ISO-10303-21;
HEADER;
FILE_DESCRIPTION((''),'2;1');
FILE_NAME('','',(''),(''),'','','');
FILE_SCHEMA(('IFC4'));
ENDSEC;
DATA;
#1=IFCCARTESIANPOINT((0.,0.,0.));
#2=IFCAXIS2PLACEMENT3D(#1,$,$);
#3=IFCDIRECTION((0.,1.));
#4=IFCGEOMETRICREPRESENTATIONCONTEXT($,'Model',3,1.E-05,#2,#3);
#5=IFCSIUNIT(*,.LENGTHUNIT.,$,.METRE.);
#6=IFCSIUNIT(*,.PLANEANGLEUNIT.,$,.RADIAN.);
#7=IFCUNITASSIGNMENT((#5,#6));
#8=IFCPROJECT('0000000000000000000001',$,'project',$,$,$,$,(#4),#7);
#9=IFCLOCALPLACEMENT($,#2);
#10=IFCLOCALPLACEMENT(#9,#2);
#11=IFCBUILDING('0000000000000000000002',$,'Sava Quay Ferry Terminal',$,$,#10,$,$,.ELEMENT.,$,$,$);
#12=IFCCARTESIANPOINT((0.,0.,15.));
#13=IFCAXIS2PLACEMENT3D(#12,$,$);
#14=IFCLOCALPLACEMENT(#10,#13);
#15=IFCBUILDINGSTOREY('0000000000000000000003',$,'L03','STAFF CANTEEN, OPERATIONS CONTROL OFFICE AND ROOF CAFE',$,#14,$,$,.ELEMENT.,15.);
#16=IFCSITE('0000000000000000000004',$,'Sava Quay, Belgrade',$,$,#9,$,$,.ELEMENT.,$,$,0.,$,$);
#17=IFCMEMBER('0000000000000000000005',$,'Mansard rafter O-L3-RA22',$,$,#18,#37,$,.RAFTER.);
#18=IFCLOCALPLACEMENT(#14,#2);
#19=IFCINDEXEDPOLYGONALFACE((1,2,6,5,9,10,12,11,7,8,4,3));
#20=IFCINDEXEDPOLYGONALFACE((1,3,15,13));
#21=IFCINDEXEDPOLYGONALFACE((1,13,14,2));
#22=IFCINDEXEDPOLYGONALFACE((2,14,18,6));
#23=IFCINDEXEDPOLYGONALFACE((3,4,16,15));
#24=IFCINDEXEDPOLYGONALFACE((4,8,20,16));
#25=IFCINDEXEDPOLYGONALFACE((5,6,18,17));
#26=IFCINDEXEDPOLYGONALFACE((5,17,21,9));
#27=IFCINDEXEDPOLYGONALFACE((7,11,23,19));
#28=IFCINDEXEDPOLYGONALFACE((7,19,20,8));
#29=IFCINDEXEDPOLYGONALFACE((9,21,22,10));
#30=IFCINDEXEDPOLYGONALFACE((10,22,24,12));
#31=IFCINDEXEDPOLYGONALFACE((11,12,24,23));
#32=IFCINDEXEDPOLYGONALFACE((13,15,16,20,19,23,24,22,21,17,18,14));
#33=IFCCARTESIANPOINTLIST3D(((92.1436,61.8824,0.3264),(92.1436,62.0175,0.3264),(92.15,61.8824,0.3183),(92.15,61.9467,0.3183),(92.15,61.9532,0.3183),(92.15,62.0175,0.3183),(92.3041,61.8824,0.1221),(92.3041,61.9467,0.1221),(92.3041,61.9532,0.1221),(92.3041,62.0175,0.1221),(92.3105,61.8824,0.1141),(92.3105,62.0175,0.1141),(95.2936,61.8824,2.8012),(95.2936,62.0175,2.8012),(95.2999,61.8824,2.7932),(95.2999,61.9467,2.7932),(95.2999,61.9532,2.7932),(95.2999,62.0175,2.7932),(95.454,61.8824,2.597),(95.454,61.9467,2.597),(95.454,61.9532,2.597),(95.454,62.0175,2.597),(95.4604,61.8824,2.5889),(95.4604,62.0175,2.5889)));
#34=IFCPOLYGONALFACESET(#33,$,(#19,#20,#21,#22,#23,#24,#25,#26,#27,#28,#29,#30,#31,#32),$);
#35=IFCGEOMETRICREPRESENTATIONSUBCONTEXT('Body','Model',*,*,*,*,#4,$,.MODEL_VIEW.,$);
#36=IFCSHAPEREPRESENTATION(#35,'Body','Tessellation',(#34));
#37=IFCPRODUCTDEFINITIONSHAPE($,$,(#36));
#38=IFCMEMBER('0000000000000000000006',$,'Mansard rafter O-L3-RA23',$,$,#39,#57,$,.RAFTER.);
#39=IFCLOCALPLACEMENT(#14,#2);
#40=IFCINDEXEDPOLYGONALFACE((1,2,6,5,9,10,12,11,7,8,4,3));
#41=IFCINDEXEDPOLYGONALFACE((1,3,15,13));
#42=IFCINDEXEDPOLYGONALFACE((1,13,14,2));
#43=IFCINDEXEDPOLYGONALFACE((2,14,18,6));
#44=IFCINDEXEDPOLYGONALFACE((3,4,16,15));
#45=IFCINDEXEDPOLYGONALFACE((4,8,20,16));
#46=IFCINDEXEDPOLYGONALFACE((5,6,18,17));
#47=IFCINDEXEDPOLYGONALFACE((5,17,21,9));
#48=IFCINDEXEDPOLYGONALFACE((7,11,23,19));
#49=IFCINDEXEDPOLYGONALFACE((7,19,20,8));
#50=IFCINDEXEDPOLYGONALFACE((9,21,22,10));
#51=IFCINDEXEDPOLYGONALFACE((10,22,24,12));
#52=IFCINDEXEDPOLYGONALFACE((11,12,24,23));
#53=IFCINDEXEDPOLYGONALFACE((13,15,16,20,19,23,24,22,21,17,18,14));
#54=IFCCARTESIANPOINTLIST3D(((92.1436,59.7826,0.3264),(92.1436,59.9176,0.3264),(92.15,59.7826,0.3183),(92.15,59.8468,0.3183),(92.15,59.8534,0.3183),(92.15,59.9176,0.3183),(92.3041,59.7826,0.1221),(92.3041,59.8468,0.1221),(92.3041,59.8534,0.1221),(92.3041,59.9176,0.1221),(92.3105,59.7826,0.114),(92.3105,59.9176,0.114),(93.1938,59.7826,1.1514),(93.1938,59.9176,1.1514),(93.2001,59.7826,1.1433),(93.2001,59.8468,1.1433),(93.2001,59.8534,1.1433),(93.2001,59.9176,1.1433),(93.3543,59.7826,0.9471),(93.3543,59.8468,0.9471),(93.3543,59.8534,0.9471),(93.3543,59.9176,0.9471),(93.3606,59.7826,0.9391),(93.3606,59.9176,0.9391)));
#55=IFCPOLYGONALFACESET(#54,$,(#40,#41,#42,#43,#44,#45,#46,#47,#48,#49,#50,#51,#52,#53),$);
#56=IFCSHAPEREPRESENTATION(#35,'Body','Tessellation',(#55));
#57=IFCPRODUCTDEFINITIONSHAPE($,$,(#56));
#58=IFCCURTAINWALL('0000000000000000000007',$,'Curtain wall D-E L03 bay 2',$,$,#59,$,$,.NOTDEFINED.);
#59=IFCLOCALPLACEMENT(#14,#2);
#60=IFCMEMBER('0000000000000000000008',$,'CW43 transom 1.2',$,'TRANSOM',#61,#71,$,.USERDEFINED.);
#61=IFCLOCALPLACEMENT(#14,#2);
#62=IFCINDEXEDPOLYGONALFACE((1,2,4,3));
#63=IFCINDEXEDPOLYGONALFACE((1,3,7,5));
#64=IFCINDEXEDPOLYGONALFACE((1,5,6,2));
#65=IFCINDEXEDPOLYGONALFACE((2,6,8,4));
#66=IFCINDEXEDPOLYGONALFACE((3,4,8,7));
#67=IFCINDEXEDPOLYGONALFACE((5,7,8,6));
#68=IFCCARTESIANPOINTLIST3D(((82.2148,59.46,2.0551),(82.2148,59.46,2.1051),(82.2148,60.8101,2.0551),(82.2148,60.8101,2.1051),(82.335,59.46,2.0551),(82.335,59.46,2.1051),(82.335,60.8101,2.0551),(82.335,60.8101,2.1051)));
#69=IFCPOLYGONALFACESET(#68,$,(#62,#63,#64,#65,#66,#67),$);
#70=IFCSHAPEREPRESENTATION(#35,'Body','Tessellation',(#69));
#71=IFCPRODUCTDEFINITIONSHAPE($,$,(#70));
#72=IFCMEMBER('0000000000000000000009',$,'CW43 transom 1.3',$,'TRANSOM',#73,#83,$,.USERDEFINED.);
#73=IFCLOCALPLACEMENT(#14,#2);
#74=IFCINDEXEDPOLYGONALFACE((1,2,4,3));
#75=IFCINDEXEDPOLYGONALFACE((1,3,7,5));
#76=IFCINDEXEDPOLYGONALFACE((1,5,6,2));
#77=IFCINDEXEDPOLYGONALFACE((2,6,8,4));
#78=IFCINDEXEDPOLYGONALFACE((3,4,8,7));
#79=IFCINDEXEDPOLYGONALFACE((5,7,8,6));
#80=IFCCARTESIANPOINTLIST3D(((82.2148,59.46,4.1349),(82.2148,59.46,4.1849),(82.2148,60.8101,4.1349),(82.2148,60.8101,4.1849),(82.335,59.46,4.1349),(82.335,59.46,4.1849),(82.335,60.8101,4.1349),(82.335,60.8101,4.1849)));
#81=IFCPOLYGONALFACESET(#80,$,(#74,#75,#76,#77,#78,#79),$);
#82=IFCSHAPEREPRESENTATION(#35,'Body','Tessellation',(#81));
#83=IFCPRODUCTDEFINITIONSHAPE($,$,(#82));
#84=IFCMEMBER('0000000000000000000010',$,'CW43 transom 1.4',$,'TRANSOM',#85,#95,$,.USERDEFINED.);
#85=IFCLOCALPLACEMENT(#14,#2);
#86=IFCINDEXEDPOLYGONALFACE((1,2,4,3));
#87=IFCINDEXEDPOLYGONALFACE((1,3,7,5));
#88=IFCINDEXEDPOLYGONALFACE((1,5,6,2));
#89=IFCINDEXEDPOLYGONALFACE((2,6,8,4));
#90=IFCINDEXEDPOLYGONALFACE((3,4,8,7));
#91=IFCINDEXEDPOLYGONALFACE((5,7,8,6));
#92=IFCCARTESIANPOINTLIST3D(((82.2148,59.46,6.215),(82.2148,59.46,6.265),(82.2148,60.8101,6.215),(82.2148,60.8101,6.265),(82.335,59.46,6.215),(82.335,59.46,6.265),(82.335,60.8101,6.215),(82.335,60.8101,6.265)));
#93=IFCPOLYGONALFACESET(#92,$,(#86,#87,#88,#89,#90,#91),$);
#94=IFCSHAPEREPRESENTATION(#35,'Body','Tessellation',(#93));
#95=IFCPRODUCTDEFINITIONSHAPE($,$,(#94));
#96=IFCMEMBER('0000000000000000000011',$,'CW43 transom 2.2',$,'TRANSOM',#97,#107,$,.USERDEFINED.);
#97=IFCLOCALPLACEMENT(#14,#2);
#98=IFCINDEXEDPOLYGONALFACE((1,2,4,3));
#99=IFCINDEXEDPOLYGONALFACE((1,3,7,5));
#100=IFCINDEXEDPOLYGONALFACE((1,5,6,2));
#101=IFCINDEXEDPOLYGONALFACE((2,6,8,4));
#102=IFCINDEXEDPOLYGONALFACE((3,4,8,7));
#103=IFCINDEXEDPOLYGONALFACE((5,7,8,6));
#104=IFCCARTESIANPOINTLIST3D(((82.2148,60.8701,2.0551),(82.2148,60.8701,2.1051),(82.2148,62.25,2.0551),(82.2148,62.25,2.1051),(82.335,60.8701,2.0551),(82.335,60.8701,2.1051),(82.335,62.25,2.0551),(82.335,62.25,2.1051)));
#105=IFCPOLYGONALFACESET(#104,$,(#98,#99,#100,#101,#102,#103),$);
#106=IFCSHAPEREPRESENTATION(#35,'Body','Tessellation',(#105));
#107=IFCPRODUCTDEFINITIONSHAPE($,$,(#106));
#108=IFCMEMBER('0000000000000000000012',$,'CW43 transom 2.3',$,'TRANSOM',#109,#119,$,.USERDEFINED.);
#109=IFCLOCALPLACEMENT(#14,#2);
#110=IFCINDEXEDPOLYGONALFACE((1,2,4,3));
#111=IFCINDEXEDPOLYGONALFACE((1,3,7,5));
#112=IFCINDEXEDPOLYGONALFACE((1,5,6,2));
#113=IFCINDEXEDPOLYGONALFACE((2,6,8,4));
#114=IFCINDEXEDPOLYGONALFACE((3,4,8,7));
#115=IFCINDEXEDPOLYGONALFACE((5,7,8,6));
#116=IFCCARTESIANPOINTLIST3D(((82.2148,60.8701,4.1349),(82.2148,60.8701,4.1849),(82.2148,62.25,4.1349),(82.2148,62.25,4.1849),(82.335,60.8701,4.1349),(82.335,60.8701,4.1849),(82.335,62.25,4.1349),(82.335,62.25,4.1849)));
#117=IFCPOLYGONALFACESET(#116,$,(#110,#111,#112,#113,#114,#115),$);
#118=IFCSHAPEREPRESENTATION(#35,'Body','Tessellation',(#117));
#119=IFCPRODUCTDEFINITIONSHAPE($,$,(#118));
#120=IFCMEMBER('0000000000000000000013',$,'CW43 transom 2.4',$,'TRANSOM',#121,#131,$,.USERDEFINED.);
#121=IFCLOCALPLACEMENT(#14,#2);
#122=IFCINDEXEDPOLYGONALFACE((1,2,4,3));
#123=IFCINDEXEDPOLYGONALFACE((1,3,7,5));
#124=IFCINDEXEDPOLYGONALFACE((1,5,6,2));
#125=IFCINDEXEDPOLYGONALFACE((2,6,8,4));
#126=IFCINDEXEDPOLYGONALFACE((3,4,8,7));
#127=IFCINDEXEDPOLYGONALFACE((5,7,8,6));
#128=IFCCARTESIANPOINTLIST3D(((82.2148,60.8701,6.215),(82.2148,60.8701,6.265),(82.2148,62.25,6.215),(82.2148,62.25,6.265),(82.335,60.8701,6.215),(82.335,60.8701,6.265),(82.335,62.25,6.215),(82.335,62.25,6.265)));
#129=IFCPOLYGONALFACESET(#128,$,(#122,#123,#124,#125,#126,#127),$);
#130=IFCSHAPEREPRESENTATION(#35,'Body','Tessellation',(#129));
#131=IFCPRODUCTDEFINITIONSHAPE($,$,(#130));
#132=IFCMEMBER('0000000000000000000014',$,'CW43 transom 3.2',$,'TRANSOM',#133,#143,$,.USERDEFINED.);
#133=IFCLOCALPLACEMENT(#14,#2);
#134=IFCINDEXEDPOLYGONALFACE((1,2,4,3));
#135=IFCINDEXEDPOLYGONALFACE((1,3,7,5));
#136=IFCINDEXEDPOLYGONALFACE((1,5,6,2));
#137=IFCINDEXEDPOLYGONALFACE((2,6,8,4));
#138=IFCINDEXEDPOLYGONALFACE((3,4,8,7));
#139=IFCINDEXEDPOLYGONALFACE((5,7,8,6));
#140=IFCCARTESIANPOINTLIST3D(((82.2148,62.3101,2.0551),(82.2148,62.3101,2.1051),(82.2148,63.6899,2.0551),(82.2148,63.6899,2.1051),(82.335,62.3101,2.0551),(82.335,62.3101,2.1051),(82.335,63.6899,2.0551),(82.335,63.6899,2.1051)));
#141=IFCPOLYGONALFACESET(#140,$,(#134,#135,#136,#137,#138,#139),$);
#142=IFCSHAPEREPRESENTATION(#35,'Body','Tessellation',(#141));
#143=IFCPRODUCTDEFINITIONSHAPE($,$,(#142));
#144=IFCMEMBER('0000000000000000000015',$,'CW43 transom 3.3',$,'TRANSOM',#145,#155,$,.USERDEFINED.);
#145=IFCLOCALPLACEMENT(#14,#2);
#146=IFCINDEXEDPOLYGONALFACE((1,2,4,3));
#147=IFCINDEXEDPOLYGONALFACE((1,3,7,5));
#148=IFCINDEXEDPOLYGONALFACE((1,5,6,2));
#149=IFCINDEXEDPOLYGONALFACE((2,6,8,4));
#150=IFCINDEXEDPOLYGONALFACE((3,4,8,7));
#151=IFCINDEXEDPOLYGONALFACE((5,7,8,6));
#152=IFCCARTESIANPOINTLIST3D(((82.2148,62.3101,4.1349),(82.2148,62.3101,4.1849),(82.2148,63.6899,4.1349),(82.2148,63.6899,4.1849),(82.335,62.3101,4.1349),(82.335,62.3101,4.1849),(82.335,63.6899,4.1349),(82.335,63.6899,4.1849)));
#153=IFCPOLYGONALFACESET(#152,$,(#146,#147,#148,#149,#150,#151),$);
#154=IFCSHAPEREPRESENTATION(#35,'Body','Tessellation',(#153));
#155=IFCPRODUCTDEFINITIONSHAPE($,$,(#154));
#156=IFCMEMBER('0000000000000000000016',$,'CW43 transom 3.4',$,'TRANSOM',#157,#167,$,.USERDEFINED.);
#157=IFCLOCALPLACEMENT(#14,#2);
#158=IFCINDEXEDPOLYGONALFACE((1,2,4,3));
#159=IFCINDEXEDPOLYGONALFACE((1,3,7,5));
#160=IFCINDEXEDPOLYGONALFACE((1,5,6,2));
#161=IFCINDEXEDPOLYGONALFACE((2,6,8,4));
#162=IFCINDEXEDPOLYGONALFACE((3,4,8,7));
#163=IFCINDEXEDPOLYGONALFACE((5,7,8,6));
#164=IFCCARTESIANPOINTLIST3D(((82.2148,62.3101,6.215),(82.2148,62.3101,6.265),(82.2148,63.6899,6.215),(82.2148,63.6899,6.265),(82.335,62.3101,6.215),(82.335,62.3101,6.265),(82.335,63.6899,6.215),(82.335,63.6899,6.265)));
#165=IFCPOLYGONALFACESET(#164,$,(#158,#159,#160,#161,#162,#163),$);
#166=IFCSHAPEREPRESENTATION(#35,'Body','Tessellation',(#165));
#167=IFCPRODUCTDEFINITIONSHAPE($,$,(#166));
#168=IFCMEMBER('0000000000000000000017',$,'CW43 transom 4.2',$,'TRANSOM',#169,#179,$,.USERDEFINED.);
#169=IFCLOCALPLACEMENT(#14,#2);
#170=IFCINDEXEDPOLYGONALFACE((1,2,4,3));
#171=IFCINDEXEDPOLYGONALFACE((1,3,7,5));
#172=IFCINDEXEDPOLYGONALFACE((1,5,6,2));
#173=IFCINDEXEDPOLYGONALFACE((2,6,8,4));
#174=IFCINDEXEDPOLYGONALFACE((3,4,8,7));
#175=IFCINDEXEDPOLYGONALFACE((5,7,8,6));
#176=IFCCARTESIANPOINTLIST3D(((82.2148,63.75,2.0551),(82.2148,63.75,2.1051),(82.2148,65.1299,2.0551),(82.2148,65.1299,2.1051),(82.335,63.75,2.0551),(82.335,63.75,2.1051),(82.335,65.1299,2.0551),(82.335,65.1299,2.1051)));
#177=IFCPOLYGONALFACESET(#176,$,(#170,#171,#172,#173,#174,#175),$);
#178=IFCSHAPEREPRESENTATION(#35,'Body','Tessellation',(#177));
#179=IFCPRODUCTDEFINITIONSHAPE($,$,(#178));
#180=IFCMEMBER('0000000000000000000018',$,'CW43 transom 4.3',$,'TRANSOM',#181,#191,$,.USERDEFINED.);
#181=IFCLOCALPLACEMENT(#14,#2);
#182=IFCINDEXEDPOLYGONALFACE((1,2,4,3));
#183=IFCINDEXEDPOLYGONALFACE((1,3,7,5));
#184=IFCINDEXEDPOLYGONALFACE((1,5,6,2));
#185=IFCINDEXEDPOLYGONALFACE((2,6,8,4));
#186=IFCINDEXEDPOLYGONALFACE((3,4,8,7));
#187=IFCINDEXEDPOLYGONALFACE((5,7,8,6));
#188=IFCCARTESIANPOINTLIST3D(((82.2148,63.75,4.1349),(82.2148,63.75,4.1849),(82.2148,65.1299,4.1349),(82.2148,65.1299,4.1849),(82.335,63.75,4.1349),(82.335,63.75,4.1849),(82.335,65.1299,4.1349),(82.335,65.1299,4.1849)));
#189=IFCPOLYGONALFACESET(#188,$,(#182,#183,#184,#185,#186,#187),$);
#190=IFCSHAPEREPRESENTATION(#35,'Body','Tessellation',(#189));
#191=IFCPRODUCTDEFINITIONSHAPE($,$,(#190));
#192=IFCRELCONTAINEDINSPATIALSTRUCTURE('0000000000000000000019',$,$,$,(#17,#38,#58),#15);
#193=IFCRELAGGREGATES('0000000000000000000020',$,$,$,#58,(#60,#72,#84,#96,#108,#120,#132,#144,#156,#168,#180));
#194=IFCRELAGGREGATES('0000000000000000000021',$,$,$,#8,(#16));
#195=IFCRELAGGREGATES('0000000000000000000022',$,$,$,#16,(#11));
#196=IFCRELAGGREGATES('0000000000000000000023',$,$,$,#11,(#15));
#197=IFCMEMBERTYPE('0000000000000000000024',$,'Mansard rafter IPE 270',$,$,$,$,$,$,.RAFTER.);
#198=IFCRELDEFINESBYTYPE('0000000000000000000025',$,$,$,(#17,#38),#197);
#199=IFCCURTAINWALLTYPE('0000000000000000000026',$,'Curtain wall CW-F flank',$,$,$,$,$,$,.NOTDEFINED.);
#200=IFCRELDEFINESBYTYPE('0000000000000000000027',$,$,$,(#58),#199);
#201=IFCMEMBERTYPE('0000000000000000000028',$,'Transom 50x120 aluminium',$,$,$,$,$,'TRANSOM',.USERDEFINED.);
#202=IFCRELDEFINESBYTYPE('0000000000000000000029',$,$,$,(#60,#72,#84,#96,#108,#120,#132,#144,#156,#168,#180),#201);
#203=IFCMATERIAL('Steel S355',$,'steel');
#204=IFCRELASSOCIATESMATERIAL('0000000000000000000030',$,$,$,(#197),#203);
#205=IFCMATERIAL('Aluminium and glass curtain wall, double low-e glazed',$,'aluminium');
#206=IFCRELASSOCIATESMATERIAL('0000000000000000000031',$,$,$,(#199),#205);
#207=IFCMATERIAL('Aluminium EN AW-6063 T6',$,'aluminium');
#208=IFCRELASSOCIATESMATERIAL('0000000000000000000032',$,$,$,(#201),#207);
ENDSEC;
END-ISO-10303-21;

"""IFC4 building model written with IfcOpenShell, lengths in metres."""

from ifc_helpers import new_model, si_unit, direction, frame, origin, origin_2d, place, context, subcontext, project, spatial, rectangle, i_section, extrude, material, material_profile, profile_set, type_object, element, aggregate, save


model = new_model("IFC4")

# Units and contexts
model_context = context("Model", 3, precision=1e-05, world=origin(), true_north=direction((0.0, 1.0)))
body_context = subcontext(model_context, "Body", "Model", "MODEL_VIEW")
ifc_project = project(units=[si_unit("LENGTHUNIT", "METRE"), si_unit("PLANEANGLEUNIT", "RADIAN")], contexts=[model_context])

# Site, building, storey
site_placement = place(None, origin())
site = spatial("IfcSite", under=ifc_project, at=site_placement, Name="Sava Quay, Belgrade", CompositionType="ELEMENT", RefElevation=0.0)
building_placement = place(site_placement, origin())
building = spatial("IfcBuilding", under=site, at=building_placement, Name="Sava Quay Ferry Terminal", CompositionType="ELEMENT")
storey_placement = place(building_placement, frame((0.0, 0.0, 15.0)))
storey = spatial("IfcBuildingStorey", under=building, at=storey_placement, Name="L03", Description="STAFF CANTEEN, OPERATIONS CONTROL OFFICE AND ROOF CAFE", CompositionType="ELEMENT", Elevation=15.0)

# Members
ifc_material_1 = material(Name="Steel S355", Category="steel")
ifc_material_profile_1 = material_profile(ifc_material_1, i_section(OverallWidth=0.135, OverallDepth=0.27, WebThickness=0.0066, FlangeThickness=0.0103, at=origin_2d()), Name="IPE 270")
ifc_profile_set_1 = profile_set([ifc_material_profile_1], Name="Steel S355")
member_type_1 = type_object("IfcMemberType", Name="Mansard rafter IPE 270", PredefinedType="RAFTER", material=ifc_profile_set_1)
member_1_placement = place(storey_placement, frame((92.2271, 61.95, 0.2202), z_axis=(0.786327, 0.0, 0.617811), x_axis=(0.0, 1.0, 0.0)))
element("IfcMember", 1, at=member_1_placement, inside=storey, type_object=member_type_1, Name="Mansard rafter O-L3-RA22", PredefinedType="RAFTER", context=body_context, shape_type="SweptSolid", body=[
    extrude(i_section(OverallWidth=0.135, OverallDepth=0.27, WebThickness=0.0066, FlangeThickness=0.0103, at=origin_2d()), origin(), (0.0, 0.0, 1.0), 4.0059),
])
member_2_placement = place(storey_placement, frame((92.2271, 59.8501, 0.2202), z_axis=(0.78635, 0.0, 0.617781), x_axis=(0.0, 1.0, 0.0)))
element("IfcMember", 2, at=member_2_placement, inside=storey, type_object=member_type_1, Name="Mansard rafter O-L3-RA23", PredefinedType="RAFTER", context=body_context, shape_type="SweptSolid", body=[
    extrude(i_section(OverallWidth=0.135, OverallDepth=0.27, WebThickness=0.0066, FlangeThickness=0.0103, at=origin_2d()), origin(), (0.0, 0.0, 1.0), 1.3354),
])

# Curtain wall, members
ifc_material_2 = material(Name="Aluminium and glass curtain wall, double low-e glazed", Category="aluminium")
curtain_wall_type = type_object("IfcCurtainWallType", Name="Curtain wall CW-F flank", PredefinedType="NOTDEFINED", material=ifc_material_2)
curtain_wall_placement = place(storey_placement, origin())
curtain_wall = element("IfcCurtainWall", 3, at=curtain_wall_placement, inside=storey, type_object=curtain_wall_type, Name="Curtain wall D-E L03 bay 2", PredefinedType="NOTDEFINED")
ifc_material_3 = material(Name="Aluminium EN AW-6063 T6", Category="aluminium")
ifc_material_profile_2 = material_profile(ifc_material_3, rectangle(XDim=0.1201, YDim=0.05, at=origin_2d()), Name="Transom 50x120 aluminium")
ifc_profile_set_2 = profile_set([ifc_material_profile_2], Name="Aluminium EN AW-6063 T6")
member_type_2 = type_object("IfcMemberType", Name="Transom 50x120 aluminium", ElementType="TRANSOM", PredefinedType="USERDEFINED", material=ifc_profile_set_2)
member_3_placement = place(storey_placement, frame((82.2749, 59.46, 2.0801), z_axis=(0.0, 1.0, 0.0), x_axis=(-1.0, 0.0, 0.0)))
member_3 = element("IfcMember", 4, at=member_3_placement, type_object=member_type_2, Name="CW43 transom 1.2", ObjectType="TRANSOM", PredefinedType="USERDEFINED", context=body_context, shape_type="SweptSolid", body=[
    extrude(rectangle(XDim=0.1201, YDim=0.05, at=origin_2d()), origin(), (0.0, 0.0, 1.0), 1.3501),
])
member_4_placement = place(storey_placement, frame((82.2749, 59.46, 4.1599), z_axis=(0.0, 1.0, 0.0), x_axis=(-1.0, 0.0, 0.0)))
member_4 = element("IfcMember", 5, at=member_4_placement, type_object=member_type_2, Name="CW43 transom 1.3", ObjectType="TRANSOM", PredefinedType="USERDEFINED", context=body_context, shape_type="SweptSolid", body=[
    extrude(rectangle(XDim=0.1201, YDim=0.05, at=origin_2d()), origin(), (0.0, 0.0, 1.0), 1.3501),
])
member_5_placement = place(storey_placement, frame((82.2749, 59.46, 6.24), z_axis=(0.0, 1.0, 0.0), x_axis=(-1.0, 0.0, 0.0)))
member_5 = element("IfcMember", 6, at=member_5_placement, type_object=member_type_2, Name="CW43 transom 1.4", ObjectType="TRANSOM", PredefinedType="USERDEFINED", context=body_context, shape_type="SweptSolid", body=[
    extrude(rectangle(XDim=0.1201, YDim=0.05, at=origin_2d()), origin(), (0.0, 0.0, 1.0), 1.3501),
])
member_6_placement = place(storey_placement, frame((82.2749, 60.8701, 2.0801), z_axis=(0.0, 1.0, 0.0), x_axis=(-1.0, 0.0, 0.0)))
member_6 = element("IfcMember", 7, at=member_6_placement, type_object=member_type_2, Name="CW43 transom 2.2", ObjectType="TRANSOM", PredefinedType="USERDEFINED", context=body_context, shape_type="SweptSolid", body=[
    extrude(rectangle(XDim=0.1201, YDim=0.05, at=origin_2d()), origin(), (0.0, 0.0, 1.0), 1.3799),
])
member_7_placement = place(storey_placement, frame((82.2749, 60.8701, 4.1599), z_axis=(0.0, 1.0, 0.0), x_axis=(-1.0, 0.0, 0.0)))
member_7 = element("IfcMember", 8, at=member_7_placement, type_object=member_type_2, Name="CW43 transom 2.3", ObjectType="TRANSOM", PredefinedType="USERDEFINED", context=body_context, shape_type="SweptSolid", body=[
    extrude(rectangle(XDim=0.1201, YDim=0.05, at=origin_2d()), origin(), (0.0, 0.0, 1.0), 1.3799),
])
member_8_placement = place(storey_placement, frame((82.2749, 60.8701, 6.24), z_axis=(0.0, 1.0, 0.0), x_axis=(-1.0, 0.0, 0.0)))
member_8 = element("IfcMember", 9, at=member_8_placement, type_object=member_type_2, Name="CW43 transom 2.4", ObjectType="TRANSOM", PredefinedType="USERDEFINED", context=body_context, shape_type="SweptSolid", body=[
    extrude(rectangle(XDim=0.1201, YDim=0.05, at=origin_2d()), origin(), (0.0, 0.0, 1.0), 1.3799),
])
member_9_placement = place(storey_placement, frame((82.2749, 62.3101, 2.0801), z_axis=(0.0, 1.0, 0.0), x_axis=(-1.0, 0.0, 0.0)))
member_9 = element("IfcMember", 10, at=member_9_placement, type_object=member_type_2, Name="CW43 transom 3.2", ObjectType="TRANSOM", PredefinedType="USERDEFINED", context=body_context, shape_type="SweptSolid", body=[
    extrude(rectangle(XDim=0.1201, YDim=0.05, at=origin_2d()), origin(), (0.0, 0.0, 1.0), 1.3799),
])
member_10_placement = place(storey_placement, frame((82.2749, 62.3101, 4.1599), z_axis=(0.0, 1.0, 0.0), x_axis=(-1.0, 0.0, 0.0)))
member_10 = element("IfcMember", 11, at=member_10_placement, type_object=member_type_2, Name="CW43 transom 3.3", ObjectType="TRANSOM", PredefinedType="USERDEFINED", context=body_context, shape_type="SweptSolid", body=[
    extrude(rectangle(XDim=0.1201, YDim=0.05, at=origin_2d()), origin(), (0.0, 0.0, 1.0), 1.3799),
])
member_11_placement = place(storey_placement, frame((82.2749, 62.3101, 6.24), z_axis=(0.0, 1.0, 0.0), x_axis=(-1.0, 0.0, 0.0)))
member_11 = element("IfcMember", 12, at=member_11_placement, type_object=member_type_2, Name="CW43 transom 3.4", ObjectType="TRANSOM", PredefinedType="USERDEFINED", context=body_context, shape_type="SweptSolid", body=[
    extrude(rectangle(XDim=0.1201, YDim=0.05, at=origin_2d()), origin(), (0.0, 0.0, 1.0), 1.3799),
])
member_12_placement = place(storey_placement, frame((82.2749, 63.75, 2.0801), z_axis=(0.0, 1.0, 0.0), x_axis=(-1.0, 0.0, 0.0)))
member_12 = element("IfcMember", 13, at=member_12_placement, type_object=member_type_2, Name="CW43 transom 4.2", ObjectType="TRANSOM", PredefinedType="USERDEFINED", context=body_context, shape_type="SweptSolid", body=[
    extrude(rectangle(XDim=0.1201, YDim=0.05, at=origin_2d()), origin(), (0.0, 0.0, 1.0), 1.3799),
])
member_13_placement = place(storey_placement, frame((82.2749, 63.75, 4.1599), z_axis=(0.0, 1.0, 0.0), x_axis=(-1.0, 0.0, 0.0)))
member_13 = element("IfcMember", 14, at=member_13_placement, type_object=member_type_2, Name="CW43 transom 4.3", ObjectType="TRANSOM", PredefinedType="USERDEFINED", context=body_context, shape_type="SweptSolid", body=[
    extrude(rectangle(XDim=0.1201, YDim=0.05, at=origin_2d()), origin(), (0.0, 0.0, 1.0), 1.3799),
])
aggregate(curtain_wall, [member_3, member_4, member_5, member_6, member_7, member_8, member_9, member_10, member_11, member_12, member_13])

save(model, "model.ifc")
